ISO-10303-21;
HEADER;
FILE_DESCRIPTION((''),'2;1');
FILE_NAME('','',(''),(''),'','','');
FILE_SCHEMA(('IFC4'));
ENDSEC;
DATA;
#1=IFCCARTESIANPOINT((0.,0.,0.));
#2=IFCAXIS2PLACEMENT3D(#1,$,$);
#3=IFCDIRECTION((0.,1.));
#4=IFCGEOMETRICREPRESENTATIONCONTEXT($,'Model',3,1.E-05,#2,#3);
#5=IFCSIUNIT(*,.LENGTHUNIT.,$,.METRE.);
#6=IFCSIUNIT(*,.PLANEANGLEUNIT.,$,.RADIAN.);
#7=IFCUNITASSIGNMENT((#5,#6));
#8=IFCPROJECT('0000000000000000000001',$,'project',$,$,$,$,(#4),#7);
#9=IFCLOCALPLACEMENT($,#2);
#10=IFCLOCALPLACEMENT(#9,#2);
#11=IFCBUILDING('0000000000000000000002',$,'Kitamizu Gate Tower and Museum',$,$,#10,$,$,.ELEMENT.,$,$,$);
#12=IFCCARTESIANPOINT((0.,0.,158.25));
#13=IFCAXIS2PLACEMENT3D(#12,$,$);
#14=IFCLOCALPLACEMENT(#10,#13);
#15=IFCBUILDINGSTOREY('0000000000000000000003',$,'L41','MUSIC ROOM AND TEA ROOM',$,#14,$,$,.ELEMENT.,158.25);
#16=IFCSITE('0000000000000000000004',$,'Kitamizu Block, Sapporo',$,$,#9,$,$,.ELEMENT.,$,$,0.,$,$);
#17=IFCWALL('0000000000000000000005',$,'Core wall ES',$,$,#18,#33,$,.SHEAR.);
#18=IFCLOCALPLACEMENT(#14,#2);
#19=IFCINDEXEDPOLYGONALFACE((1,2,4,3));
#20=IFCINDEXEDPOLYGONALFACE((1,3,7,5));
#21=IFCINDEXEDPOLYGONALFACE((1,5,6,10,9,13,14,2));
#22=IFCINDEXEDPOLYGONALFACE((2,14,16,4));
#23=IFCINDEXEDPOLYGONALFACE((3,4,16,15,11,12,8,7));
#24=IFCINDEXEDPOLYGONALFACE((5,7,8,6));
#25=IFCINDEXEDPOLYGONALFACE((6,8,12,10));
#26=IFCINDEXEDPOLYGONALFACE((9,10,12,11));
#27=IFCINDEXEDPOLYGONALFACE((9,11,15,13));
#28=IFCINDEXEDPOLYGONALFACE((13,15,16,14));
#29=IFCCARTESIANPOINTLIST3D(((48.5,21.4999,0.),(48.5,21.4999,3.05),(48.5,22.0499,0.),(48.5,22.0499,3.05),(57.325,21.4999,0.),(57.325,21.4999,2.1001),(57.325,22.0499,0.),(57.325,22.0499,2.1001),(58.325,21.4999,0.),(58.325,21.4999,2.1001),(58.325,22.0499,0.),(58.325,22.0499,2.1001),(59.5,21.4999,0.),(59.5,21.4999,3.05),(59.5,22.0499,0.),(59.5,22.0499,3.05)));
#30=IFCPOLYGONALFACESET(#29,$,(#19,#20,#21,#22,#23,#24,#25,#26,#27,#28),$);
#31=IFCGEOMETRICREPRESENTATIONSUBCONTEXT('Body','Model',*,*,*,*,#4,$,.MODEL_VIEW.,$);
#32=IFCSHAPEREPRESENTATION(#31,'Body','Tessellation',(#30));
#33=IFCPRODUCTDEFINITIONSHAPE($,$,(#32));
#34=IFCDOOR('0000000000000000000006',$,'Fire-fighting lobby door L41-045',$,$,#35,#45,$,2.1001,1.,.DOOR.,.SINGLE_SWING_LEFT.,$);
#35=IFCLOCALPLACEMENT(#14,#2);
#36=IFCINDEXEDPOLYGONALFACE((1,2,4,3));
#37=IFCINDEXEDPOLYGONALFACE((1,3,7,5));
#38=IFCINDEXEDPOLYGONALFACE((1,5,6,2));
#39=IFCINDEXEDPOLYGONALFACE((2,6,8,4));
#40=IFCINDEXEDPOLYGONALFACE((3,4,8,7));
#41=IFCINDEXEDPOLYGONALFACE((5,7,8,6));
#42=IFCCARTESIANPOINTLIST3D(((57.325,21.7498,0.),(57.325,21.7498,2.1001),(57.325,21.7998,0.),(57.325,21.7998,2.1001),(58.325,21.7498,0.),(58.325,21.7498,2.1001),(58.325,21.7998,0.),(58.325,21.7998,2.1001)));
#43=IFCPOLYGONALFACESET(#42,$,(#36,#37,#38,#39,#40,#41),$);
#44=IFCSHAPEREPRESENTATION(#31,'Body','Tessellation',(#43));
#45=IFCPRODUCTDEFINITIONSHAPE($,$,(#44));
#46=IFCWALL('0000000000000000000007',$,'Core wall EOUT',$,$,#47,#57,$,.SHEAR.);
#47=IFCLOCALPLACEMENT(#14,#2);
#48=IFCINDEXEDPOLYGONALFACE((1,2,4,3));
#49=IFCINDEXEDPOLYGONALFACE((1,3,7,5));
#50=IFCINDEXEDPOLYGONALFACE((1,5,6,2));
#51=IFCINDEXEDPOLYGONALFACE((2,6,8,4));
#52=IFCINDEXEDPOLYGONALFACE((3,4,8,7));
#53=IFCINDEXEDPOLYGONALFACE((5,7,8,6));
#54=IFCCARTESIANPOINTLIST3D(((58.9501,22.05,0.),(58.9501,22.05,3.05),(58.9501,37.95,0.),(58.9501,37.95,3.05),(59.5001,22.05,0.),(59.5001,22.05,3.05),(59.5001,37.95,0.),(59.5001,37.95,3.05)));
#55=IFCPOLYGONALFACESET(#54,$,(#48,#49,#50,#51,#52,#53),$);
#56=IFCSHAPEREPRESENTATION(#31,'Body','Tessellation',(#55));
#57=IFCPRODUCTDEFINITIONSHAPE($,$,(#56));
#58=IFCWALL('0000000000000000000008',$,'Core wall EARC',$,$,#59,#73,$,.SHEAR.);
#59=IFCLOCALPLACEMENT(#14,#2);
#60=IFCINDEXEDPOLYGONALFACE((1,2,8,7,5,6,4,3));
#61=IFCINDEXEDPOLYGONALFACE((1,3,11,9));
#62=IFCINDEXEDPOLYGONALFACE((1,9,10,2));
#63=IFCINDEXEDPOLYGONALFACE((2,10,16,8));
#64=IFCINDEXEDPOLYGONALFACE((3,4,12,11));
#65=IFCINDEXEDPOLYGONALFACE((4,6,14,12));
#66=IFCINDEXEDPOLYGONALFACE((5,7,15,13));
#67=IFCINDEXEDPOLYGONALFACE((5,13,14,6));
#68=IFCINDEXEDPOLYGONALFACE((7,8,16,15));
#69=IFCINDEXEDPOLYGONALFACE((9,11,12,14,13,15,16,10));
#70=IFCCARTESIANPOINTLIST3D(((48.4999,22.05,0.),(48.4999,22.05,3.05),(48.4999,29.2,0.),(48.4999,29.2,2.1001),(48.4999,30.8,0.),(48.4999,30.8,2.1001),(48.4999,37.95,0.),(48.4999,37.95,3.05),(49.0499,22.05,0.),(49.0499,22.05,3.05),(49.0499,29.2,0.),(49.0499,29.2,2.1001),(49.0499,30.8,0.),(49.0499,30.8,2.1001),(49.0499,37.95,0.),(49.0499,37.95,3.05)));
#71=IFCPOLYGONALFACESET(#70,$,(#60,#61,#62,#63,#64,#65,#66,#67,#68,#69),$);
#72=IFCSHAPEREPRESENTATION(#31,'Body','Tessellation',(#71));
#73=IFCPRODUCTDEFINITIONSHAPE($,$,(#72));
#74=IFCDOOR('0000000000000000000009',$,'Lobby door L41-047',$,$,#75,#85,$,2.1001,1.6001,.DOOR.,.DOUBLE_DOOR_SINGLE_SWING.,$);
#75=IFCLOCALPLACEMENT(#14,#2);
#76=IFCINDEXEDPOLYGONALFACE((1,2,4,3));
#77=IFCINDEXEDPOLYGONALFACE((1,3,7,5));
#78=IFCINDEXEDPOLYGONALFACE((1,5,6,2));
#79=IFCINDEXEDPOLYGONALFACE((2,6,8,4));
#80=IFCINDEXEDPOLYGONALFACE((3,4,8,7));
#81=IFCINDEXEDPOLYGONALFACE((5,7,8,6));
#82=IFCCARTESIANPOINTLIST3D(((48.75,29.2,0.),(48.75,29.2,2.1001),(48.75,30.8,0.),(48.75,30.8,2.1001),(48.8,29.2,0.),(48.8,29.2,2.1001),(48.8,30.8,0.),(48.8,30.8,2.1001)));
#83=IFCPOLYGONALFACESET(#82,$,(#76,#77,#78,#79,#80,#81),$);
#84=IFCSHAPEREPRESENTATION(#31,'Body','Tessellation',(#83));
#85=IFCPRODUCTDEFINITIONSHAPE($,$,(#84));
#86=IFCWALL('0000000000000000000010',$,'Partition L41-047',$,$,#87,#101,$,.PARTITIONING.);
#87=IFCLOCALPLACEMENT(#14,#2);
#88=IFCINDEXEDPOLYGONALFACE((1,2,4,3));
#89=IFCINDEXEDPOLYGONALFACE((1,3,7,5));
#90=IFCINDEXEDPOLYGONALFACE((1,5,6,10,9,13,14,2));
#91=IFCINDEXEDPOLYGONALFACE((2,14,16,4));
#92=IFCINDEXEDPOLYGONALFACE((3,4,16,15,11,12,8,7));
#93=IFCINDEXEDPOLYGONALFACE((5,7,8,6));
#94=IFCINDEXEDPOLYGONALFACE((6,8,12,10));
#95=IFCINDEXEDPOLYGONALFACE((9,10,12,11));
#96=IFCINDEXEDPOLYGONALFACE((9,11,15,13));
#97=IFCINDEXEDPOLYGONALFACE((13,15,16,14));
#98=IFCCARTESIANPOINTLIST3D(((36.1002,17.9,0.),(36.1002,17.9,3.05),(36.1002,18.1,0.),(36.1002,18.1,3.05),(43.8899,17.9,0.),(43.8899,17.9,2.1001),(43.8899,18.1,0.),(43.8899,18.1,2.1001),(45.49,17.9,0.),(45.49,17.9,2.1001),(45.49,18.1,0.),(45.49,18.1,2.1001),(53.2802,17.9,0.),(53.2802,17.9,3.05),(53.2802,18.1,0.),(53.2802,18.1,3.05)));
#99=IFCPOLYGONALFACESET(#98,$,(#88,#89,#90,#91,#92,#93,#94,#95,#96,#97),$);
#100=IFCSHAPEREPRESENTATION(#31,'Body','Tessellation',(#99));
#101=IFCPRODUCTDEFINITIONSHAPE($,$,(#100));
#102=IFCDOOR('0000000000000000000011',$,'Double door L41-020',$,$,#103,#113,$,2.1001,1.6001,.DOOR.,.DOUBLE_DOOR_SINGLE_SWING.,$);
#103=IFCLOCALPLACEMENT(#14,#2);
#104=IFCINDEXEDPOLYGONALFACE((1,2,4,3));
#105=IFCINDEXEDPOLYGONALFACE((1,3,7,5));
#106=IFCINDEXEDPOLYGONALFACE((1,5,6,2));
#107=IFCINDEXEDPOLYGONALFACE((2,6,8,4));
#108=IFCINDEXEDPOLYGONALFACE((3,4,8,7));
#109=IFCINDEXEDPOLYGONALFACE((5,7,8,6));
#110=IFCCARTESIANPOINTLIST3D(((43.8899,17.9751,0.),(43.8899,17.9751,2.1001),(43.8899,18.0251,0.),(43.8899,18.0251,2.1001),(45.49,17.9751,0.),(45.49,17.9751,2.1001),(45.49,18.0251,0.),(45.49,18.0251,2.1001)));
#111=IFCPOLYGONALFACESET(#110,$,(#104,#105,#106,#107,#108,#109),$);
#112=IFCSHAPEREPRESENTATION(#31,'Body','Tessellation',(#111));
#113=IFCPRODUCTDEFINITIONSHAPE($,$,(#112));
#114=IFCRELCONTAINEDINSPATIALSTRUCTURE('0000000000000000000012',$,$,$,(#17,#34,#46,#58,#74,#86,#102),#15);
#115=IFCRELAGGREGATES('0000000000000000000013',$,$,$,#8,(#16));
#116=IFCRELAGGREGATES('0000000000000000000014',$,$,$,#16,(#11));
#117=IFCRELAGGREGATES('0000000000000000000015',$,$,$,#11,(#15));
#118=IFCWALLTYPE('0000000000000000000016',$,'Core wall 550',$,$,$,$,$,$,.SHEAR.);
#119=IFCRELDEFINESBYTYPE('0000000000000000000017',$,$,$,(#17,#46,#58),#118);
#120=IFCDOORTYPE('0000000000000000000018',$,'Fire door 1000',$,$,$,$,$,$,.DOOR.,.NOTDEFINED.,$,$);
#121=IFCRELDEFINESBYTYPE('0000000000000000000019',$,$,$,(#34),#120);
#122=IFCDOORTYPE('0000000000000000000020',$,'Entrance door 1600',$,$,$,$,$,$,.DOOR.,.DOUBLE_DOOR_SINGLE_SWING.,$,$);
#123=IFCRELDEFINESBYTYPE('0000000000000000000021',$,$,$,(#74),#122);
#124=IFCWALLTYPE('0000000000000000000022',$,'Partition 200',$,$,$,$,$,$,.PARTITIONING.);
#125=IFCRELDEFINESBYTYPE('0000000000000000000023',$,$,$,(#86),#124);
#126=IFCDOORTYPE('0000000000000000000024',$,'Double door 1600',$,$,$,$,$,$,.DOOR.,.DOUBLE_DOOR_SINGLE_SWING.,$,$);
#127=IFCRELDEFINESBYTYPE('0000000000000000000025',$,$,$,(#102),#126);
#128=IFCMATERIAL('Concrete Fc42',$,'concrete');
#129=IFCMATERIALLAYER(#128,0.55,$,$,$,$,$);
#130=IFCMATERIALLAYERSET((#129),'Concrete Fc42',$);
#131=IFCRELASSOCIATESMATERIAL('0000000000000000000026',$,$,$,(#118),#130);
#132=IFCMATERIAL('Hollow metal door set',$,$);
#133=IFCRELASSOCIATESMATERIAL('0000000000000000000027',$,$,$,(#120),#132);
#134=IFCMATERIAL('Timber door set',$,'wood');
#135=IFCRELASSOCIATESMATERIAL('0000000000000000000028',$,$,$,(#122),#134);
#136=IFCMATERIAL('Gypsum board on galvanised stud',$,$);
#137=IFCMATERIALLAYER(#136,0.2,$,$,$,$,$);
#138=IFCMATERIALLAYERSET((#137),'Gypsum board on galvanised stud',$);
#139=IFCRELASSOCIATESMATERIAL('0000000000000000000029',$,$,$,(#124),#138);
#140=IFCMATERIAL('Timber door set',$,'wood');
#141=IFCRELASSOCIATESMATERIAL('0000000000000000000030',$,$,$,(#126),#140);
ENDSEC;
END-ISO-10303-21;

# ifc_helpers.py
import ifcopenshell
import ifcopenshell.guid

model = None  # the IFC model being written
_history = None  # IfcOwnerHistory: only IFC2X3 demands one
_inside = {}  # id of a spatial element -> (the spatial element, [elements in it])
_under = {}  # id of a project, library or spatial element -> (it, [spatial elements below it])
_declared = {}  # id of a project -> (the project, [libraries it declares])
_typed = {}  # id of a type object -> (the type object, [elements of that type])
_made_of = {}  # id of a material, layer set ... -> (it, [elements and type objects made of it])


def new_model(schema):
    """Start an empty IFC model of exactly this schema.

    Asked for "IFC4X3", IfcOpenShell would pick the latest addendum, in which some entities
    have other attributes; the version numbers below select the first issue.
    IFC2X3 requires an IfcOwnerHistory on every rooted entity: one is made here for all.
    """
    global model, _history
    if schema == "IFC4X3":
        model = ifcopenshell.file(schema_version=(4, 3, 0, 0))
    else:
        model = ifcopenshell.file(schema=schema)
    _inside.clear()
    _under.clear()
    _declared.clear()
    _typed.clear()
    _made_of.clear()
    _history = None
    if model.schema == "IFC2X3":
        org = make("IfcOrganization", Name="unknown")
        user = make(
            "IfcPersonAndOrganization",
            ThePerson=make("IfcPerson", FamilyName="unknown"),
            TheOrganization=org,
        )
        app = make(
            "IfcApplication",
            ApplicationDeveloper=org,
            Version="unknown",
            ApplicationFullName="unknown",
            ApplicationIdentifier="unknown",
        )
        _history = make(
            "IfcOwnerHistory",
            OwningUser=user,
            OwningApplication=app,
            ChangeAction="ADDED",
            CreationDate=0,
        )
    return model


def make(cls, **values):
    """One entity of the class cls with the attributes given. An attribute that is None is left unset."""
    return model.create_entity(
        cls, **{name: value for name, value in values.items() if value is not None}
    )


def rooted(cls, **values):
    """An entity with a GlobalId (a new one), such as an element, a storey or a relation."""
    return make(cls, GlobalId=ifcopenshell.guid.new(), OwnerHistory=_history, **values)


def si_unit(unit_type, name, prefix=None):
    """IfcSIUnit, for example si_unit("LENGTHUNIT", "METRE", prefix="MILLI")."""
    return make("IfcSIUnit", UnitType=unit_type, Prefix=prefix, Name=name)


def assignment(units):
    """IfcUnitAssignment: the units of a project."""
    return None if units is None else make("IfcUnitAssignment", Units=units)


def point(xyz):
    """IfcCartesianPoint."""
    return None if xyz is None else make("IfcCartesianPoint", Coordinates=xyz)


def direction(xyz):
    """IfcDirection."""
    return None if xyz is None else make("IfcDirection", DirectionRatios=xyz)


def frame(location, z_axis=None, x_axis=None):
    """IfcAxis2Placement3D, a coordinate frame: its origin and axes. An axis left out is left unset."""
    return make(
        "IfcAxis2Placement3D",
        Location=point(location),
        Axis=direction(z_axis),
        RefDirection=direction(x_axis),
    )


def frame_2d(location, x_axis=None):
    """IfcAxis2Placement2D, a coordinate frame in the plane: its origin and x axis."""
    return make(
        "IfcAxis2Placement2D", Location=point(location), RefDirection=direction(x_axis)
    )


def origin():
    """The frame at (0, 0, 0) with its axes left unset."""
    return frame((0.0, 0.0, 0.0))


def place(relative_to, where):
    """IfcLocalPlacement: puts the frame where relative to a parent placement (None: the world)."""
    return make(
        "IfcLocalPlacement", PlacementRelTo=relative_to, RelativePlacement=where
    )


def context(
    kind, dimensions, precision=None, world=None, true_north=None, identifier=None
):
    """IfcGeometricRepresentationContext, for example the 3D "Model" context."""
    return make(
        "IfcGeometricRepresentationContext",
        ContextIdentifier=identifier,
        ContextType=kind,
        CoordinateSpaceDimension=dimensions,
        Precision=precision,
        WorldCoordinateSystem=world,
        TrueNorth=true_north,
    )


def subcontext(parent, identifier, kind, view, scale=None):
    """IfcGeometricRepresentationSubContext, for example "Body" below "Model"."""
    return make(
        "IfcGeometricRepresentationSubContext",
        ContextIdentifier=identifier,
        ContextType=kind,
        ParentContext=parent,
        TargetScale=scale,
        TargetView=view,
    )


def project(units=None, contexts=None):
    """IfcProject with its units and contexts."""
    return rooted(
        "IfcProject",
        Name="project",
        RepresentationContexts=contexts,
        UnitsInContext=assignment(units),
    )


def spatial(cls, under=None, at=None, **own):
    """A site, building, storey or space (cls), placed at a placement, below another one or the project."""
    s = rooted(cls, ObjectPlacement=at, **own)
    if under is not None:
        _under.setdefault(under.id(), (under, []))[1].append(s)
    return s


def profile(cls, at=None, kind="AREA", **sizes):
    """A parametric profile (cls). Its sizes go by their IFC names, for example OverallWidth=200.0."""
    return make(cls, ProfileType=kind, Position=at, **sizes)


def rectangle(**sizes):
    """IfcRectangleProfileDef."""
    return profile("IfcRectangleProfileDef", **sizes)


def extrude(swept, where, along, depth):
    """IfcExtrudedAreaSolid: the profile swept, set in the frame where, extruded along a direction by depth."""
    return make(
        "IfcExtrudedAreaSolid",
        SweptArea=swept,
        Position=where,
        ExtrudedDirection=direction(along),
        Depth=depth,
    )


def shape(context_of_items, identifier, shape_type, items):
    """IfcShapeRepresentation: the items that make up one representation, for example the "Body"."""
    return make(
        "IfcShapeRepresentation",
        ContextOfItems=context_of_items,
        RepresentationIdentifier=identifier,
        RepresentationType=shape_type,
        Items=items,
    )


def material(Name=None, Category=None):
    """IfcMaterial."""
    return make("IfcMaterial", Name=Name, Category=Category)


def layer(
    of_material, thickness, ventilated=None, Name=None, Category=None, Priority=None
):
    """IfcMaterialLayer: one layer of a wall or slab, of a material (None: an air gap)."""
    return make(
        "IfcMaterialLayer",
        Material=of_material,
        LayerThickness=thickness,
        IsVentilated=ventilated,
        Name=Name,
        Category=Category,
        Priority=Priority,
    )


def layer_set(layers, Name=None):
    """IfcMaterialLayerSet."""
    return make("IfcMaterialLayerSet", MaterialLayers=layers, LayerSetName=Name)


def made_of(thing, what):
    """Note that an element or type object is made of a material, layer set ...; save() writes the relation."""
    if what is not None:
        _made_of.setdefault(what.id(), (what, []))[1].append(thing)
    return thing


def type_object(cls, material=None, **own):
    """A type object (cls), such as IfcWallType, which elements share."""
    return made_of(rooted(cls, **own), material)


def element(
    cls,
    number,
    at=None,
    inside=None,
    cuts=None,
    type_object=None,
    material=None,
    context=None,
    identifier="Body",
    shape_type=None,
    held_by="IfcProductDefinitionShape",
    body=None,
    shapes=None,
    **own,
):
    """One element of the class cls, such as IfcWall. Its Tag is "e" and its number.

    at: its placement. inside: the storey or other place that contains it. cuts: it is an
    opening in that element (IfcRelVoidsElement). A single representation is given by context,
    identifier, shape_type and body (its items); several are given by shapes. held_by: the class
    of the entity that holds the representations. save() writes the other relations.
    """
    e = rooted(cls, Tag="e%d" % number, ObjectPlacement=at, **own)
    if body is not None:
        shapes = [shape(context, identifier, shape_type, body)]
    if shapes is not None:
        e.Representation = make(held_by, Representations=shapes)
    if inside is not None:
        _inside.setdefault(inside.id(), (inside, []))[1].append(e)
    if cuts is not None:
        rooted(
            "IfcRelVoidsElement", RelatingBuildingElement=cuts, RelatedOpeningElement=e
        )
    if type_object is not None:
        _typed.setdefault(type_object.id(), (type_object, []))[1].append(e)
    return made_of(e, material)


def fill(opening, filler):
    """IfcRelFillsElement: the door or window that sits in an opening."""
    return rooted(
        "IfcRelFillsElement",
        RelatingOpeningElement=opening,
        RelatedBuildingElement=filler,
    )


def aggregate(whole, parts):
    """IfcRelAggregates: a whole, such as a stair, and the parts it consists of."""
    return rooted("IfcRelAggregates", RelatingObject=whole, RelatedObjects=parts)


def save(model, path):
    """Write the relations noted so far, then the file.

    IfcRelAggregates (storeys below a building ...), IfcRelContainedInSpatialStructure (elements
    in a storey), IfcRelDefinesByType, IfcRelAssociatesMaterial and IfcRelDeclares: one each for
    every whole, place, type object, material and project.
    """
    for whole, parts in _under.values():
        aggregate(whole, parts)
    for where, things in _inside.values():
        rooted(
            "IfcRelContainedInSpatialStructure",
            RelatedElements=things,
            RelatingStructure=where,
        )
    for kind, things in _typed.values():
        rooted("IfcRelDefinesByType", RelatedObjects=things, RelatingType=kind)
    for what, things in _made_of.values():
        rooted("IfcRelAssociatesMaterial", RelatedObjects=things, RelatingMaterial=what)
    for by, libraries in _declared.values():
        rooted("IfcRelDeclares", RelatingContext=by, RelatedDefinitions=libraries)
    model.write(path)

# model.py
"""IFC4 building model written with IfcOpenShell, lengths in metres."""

from ifc_helpers import new_model, si_unit, direction, frame, frame_2d, origin, place, context, subcontext, project, spatial, rectangle, extrude, material, layer, layer_set, type_object, element, fill, save


model = new_model("IFC4")

# Units and contexts
model_context = context("Model", 3, precision=1e-05, world=origin(), true_north=direction((0.0, 1.0)))
body_context = subcontext(model_context, "Body", "Model", "MODEL_VIEW")
ifc_project = project(units=[si_unit("LENGTHUNIT", "METRE"), si_unit("PLANEANGLEUNIT", "RADIAN")], contexts=[model_context])

# Site, building, storey
site_placement = place(None, origin())
site = spatial("IfcSite", under=ifc_project, at=site_placement, Name="Kitamizu Block, Sapporo", CompositionType="ELEMENT", RefElevation=0.0)
building_placement = place(site_placement, origin())
building = spatial("IfcBuilding", under=site, at=building_placement, Name="Kitamizu Gate Tower and Museum", CompositionType="ELEMENT")
storey_placement = place(building_placement, frame((0.0, 0.0, 158.25)))
storey = spatial("IfcBuildingStorey", under=building, at=storey_placement, Name="L41", Description="MUSIC ROOM AND TEA ROOM", CompositionType="ELEMENT", Elevation=158.25)

# Wall, opening, door
ifc_material_1 = material(Name="Concrete Fc42", Category="concrete")
ifc_layer_1 = layer(ifc_material_1, 0.55)
ifc_layer_set_1 = layer_set([ifc_layer_1], Name="Concrete Fc42")
wall_type_1 = type_object("IfcWallType", Name="Core wall 550", PredefinedType="SHEAR", material=ifc_layer_set_1)
wall_1_placement = place(storey_placement, frame((59.5, 21.7749, 0.0), z_axis=(0.0, 0.0, 1.0), x_axis=(-1.0, 0.0, 0.0)))
wall_1 = element("IfcWall", 1, at=wall_1_placement, inside=storey, type_object=wall_type_1, Name="Core wall ES", PredefinedType="SHEAR", context=body_context, shape_type="SweptSolid", body=[
    extrude(rectangle(XDim=11.0, YDim=0.55, at=frame_2d((5.5, 0.0))), origin(), (0.0, 0.0, 1.0), 3.05),
])
opening_1_placement = place(wall_1_placement, frame((1.175, 0.0, 0.0)))
opening_1 = element("IfcOpeningElement", 2, at=opening_1_placement, cuts=wall_1, PredefinedType="OPENING", context=body_context, shape_type="SweptSolid", body=[
    extrude(rectangle(XDim=1.0, YDim=2.1001, at=frame_2d((0.5, 1.05))), frame((0.0, 0.2852, 0.0), z_axis=(0.0, -1.0, 0.0), x_axis=(1.0, 0.0, 0.0)), (0.0, 0.0, 1.0), 0.5701),
])
ifc_material_2 = material(Name="Hollow metal door set")
door_type_1 = type_object("IfcDoorType", Name="Fire door 1000", OperationType="NOTDEFINED", PredefinedType="DOOR", material=ifc_material_2)
door_1_placement = place(opening_1_placement, frame((1.0, 0.0, 0.0), x_axis=(-1.0, 0.0, 0.0)))
door_1 = element("IfcDoor", 3, at=door_1_placement, inside=storey, type_object=door_type_1, Name="Fire-fighting lobby door L41-045", OperationType="SINGLE_SWING_LEFT", OverallHeight=2.1001, OverallWidth=1.0, PredefinedType="DOOR", context=body_context, shape_type="SweptSolid", body=[
    extrude(rectangle(XDim=1.0, YDim=2.1001, at=frame_2d((0.5, 1.05))), frame((0.0, 0.0249, 0.0), z_axis=(0.0, -1.0, 0.0), x_axis=(1.0, 0.0, 0.0)), (0.0, 0.0, 1.0), 0.05),
])
fill(opening_1, door_1)

# Wall
wall_2_placement = place(storey_placement, frame((59.2251, 22.05, 0.0), z_axis=(0.0, 0.0, 1.0), x_axis=(0.0, 1.0, 0.0)))
element("IfcWall", 4, at=wall_2_placement, inside=storey, type_object=wall_type_1, Name="Core wall EOUT", PredefinedType="SHEAR", context=body_context, shape_type="SweptSolid", body=[
    extrude(rectangle(XDim=15.8999, YDim=0.55, at=frame_2d((7.95, 0.0))), origin(), (0.0, 0.0, 1.0), 3.05),
])

# Walls, openings, doors
wall_3_placement = place(storey_placement, frame((48.7749, 22.05, 0.0), z_axis=(0.0, 0.0, 1.0), x_axis=(0.0, 1.0, 0.0)))
wall_3 = element("IfcWall", 5, at=wall_3_placement, inside=storey, type_object=wall_type_1, Name="Core wall EARC", PredefinedType="SHEAR", context=body_context, shape_type="SweptSolid", body=[
    extrude(rectangle(XDim=15.8999, YDim=0.55, at=frame_2d((7.95, 0.0))), origin(), (0.0, 0.0, 1.0), 3.05),
])
opening_2_placement = place(wall_3_placement, frame((7.1499, 0.0, 0.0)))
opening_2 = element("IfcOpeningElement", 6, at=opening_2_placement, cuts=wall_3, PredefinedType="OPENING", context=body_context, shape_type="SweptSolid", body=[
    extrude(rectangle(XDim=1.6001, YDim=2.1001, at=frame_2d((0.8, 1.05))), frame((0.0, 0.2852, 0.0), z_axis=(0.0, -1.0, 0.0), x_axis=(1.0, 0.0, 0.0)), (0.0, 0.0, 1.0), 0.5701),
])
ifc_material_3 = material(Name="Timber door set", Category="wood")
door_type_2 = type_object("IfcDoorType", Name="Entrance door 1600", OperationType="DOUBLE_DOOR_SINGLE_SWING", PredefinedType="DOOR", material=ifc_material_3)
door_2_placement = place(opening_2_placement, origin())
door_2 = element("IfcDoor", 7, at=door_2_placement, inside=storey, type_object=door_type_2, Name="Lobby door L41-047", OperationType="DOUBLE_DOOR_SINGLE_SWING", OverallHeight=2.1001, OverallWidth=1.6001, PredefinedType="DOOR", context=body_context, shape_type="SweptSolid", body=[
    extrude(rectangle(XDim=1.6001, YDim=2.1001, at=frame_2d((0.8, 1.05))), frame((0.0, 0.0249, 0.0), z_axis=(0.0, -1.0, 0.0), x_axis=(1.0, 0.0, 0.0)), (0.0, 0.0, 1.0), 0.05),
])
fill(opening_2, door_2)
ifc_material_4 = material(Name="Gypsum board on galvanised stud")
ifc_layer_2 = layer(ifc_material_4, 0.2)
ifc_layer_set_2 = layer_set([ifc_layer_2], Name="Gypsum board on galvanised stud")
wall_type_2 = type_object("IfcWallType", Name="Partition 200", PredefinedType="PARTITIONING", material=ifc_layer_set_2)
wall_4_placement = place(storey_placement, frame((53.28, 18.0, 0.0), z_axis=(0.0, 0.0, 1.0), x_axis=(-1.0, 0.0, 0.0)))
wall_4 = element("IfcWall", 8, at=wall_4_placement, inside=storey, type_object=wall_type_2, Name="Partition L41-047", PredefinedType="PARTITIONING", context=body_context, shape_type="SweptSolid", body=[
    extrude(rectangle(XDim=17.1799, YDim=0.2, at=frame_2d((8.5898, 0.0))), origin(), (0.0, 0.0, 1.0), 3.05),
])
opening_3_placement = place(wall_4_placement, frame((7.79, 0.0, 0.0)))
opening_3 = element("IfcOpeningElement", 9, at=opening_3_placement, cuts=wall_4, PredefinedType="OPENING", context=body_context, shape_type="SweptSolid", body=[
    extrude(rectangle(XDim=1.6001, YDim=2.1001, at=frame_2d((0.8, 1.05))), frame((0.0, 0.1099, 0.0), z_axis=(0.0, -1.0, 0.0), x_axis=(1.0, 0.0, 0.0)), (0.0, 0.0, 1.0), 0.22),
])
ifc_material_5 = material(Name="Timber door set", Category="wood")
door_type_3 = type_object("IfcDoorType", Name="Double door 1600", OperationType="DOUBLE_DOOR_SINGLE_SWING", PredefinedType="DOOR", material=ifc_material_5)
door_3_placement = place(opening_3_placement, origin())
door_3 = element("IfcDoor", 10, at=door_3_placement, inside=storey, type_object=door_type_3, Name="Double door L41-020", OperationType="DOUBLE_DOOR_SINGLE_SWING", OverallHeight=2.1001, OverallWidth=1.6001, PredefinedType="DOOR", context=body_context, shape_type="SweptSolid", body=[
    extrude(rectangle(XDim=1.6001, YDim=2.1001, at=frame_2d((0.8, 1.05))), frame((0.0, 0.0249, 0.0), z_axis=(0.0, -1.0, 0.0), x_axis=(1.0, 0.0, 0.0)), (0.0, 0.0, 1.0), 0.05),
])
fill(opening_3, door_3)

save(model, "model.ifc")
